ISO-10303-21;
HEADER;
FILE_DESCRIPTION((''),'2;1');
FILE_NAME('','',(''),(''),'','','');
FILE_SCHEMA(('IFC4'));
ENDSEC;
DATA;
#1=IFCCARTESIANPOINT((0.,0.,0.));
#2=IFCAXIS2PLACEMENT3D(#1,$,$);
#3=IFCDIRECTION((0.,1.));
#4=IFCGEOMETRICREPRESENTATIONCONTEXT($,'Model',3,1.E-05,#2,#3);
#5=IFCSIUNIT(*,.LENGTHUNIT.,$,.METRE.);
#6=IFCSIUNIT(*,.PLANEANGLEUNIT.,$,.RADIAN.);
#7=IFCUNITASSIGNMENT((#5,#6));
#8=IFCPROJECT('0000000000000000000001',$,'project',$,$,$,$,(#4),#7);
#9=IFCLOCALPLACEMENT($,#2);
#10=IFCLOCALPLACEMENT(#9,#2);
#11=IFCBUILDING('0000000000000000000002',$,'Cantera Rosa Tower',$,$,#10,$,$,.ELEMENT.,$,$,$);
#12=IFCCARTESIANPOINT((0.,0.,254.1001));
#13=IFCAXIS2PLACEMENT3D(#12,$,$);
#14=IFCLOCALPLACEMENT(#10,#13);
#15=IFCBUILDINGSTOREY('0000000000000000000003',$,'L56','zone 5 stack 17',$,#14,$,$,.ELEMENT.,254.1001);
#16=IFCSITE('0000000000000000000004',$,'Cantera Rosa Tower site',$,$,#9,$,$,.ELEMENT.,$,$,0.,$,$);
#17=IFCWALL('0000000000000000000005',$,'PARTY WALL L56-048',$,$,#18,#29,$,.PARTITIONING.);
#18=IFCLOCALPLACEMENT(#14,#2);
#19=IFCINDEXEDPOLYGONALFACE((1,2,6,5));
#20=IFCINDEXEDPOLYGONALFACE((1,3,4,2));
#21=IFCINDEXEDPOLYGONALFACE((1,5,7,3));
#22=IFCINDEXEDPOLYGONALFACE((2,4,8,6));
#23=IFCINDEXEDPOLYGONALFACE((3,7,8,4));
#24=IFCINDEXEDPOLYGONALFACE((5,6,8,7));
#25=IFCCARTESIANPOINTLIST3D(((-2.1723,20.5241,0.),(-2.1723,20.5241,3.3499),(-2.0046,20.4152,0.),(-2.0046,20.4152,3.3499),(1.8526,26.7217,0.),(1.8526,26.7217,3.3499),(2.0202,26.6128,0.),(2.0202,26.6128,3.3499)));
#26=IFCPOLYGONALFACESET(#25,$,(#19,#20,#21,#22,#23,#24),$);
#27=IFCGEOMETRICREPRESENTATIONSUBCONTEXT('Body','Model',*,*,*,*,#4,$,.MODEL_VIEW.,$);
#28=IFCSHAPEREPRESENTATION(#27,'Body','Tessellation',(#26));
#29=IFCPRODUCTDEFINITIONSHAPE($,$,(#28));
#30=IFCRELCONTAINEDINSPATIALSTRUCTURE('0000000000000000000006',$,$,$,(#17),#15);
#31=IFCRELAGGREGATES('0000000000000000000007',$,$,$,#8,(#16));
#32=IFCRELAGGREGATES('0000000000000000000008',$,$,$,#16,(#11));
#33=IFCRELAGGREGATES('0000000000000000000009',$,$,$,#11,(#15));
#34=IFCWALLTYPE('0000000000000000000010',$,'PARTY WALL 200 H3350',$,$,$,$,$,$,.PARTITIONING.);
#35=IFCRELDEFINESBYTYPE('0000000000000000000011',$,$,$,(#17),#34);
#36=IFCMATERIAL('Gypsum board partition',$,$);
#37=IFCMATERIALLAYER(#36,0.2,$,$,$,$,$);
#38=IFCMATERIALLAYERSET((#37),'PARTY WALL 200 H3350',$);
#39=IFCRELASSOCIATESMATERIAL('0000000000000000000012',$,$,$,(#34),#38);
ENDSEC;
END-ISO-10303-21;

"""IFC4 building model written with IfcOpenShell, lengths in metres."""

from ifc_helpers import new_model, si_unit, direction, frame, frame_2d, origin, place, context, subcontext, project, spatial, rectangle, extrude, material, layer, layer_set, type_object, element, save


model = new_model("IFC4")

# Units and contexts
model_context = context("Model", 3, precision=1e-05, world=origin(), true_north=direction((0.0, 1.0)))
body_context = subcontext(model_context, "Body", "Model", "MODEL_VIEW")
ifc_project = project(units=[si_unit("LENGTHUNIT", "METRE"), si_unit("PLANEANGLEUNIT", "RADIAN")], contexts=[model_context])

# Site, building, storey
site_placement = place(None, origin())
site = spatial("IfcSite", under=ifc_project, at=site_placement, Name="Cantera Rosa Tower site", CompositionType="ELEMENT", RefElevation=0.0)
building_placement = place(site_placement, origin())
building = spatial("IfcBuilding", under=site, at=building_placement, Name="Cantera Rosa Tower", CompositionType="ELEMENT")
storey_placement = place(building_placement, frame((0.0, 0.0, 254.1001)))
storey = spatial("IfcBuildingStorey", under=building, at=storey_placement, Name="L56", Description="zone 5 stack 17", CompositionType="ELEMENT", Elevation=254.1001)

# Wall
ifc_material_1 = material(Name="Gypsum board partition")
ifc_layer_1 = layer(ifc_material_1, 0.2)
ifc_layer_set_1 = layer_set([ifc_layer_1], Name="PARTY WALL 200 H3350")
wall_type_1 = type_object("IfcWallType", Name="PARTY WALL 200 H3350", PredefinedType="PARTITIONING", material=ifc_layer_set_1)
wall_1_placement = place(storey_placement, frame((-2.0884, 20.4697, 0.0), z_axis=(0.0, 0.0, 1.0), x_axis=(0.544642, 0.838668, 0.0)))
element("IfcWall", 1, at=wall_1_placement, inside=storey, type_object=wall_type_1, Name="PARTY WALL L56-048", PredefinedType="PARTITIONING", context=body_context, shape_type="SweptSolid", body=[
    extrude(rectangle(XDim=7.3899, YDim=0.2, at=frame_2d((3.6948, 0.0))), origin(), (0.0, 0.0, 1.0), 3.3499),
])

save(model, "model.ifc")
